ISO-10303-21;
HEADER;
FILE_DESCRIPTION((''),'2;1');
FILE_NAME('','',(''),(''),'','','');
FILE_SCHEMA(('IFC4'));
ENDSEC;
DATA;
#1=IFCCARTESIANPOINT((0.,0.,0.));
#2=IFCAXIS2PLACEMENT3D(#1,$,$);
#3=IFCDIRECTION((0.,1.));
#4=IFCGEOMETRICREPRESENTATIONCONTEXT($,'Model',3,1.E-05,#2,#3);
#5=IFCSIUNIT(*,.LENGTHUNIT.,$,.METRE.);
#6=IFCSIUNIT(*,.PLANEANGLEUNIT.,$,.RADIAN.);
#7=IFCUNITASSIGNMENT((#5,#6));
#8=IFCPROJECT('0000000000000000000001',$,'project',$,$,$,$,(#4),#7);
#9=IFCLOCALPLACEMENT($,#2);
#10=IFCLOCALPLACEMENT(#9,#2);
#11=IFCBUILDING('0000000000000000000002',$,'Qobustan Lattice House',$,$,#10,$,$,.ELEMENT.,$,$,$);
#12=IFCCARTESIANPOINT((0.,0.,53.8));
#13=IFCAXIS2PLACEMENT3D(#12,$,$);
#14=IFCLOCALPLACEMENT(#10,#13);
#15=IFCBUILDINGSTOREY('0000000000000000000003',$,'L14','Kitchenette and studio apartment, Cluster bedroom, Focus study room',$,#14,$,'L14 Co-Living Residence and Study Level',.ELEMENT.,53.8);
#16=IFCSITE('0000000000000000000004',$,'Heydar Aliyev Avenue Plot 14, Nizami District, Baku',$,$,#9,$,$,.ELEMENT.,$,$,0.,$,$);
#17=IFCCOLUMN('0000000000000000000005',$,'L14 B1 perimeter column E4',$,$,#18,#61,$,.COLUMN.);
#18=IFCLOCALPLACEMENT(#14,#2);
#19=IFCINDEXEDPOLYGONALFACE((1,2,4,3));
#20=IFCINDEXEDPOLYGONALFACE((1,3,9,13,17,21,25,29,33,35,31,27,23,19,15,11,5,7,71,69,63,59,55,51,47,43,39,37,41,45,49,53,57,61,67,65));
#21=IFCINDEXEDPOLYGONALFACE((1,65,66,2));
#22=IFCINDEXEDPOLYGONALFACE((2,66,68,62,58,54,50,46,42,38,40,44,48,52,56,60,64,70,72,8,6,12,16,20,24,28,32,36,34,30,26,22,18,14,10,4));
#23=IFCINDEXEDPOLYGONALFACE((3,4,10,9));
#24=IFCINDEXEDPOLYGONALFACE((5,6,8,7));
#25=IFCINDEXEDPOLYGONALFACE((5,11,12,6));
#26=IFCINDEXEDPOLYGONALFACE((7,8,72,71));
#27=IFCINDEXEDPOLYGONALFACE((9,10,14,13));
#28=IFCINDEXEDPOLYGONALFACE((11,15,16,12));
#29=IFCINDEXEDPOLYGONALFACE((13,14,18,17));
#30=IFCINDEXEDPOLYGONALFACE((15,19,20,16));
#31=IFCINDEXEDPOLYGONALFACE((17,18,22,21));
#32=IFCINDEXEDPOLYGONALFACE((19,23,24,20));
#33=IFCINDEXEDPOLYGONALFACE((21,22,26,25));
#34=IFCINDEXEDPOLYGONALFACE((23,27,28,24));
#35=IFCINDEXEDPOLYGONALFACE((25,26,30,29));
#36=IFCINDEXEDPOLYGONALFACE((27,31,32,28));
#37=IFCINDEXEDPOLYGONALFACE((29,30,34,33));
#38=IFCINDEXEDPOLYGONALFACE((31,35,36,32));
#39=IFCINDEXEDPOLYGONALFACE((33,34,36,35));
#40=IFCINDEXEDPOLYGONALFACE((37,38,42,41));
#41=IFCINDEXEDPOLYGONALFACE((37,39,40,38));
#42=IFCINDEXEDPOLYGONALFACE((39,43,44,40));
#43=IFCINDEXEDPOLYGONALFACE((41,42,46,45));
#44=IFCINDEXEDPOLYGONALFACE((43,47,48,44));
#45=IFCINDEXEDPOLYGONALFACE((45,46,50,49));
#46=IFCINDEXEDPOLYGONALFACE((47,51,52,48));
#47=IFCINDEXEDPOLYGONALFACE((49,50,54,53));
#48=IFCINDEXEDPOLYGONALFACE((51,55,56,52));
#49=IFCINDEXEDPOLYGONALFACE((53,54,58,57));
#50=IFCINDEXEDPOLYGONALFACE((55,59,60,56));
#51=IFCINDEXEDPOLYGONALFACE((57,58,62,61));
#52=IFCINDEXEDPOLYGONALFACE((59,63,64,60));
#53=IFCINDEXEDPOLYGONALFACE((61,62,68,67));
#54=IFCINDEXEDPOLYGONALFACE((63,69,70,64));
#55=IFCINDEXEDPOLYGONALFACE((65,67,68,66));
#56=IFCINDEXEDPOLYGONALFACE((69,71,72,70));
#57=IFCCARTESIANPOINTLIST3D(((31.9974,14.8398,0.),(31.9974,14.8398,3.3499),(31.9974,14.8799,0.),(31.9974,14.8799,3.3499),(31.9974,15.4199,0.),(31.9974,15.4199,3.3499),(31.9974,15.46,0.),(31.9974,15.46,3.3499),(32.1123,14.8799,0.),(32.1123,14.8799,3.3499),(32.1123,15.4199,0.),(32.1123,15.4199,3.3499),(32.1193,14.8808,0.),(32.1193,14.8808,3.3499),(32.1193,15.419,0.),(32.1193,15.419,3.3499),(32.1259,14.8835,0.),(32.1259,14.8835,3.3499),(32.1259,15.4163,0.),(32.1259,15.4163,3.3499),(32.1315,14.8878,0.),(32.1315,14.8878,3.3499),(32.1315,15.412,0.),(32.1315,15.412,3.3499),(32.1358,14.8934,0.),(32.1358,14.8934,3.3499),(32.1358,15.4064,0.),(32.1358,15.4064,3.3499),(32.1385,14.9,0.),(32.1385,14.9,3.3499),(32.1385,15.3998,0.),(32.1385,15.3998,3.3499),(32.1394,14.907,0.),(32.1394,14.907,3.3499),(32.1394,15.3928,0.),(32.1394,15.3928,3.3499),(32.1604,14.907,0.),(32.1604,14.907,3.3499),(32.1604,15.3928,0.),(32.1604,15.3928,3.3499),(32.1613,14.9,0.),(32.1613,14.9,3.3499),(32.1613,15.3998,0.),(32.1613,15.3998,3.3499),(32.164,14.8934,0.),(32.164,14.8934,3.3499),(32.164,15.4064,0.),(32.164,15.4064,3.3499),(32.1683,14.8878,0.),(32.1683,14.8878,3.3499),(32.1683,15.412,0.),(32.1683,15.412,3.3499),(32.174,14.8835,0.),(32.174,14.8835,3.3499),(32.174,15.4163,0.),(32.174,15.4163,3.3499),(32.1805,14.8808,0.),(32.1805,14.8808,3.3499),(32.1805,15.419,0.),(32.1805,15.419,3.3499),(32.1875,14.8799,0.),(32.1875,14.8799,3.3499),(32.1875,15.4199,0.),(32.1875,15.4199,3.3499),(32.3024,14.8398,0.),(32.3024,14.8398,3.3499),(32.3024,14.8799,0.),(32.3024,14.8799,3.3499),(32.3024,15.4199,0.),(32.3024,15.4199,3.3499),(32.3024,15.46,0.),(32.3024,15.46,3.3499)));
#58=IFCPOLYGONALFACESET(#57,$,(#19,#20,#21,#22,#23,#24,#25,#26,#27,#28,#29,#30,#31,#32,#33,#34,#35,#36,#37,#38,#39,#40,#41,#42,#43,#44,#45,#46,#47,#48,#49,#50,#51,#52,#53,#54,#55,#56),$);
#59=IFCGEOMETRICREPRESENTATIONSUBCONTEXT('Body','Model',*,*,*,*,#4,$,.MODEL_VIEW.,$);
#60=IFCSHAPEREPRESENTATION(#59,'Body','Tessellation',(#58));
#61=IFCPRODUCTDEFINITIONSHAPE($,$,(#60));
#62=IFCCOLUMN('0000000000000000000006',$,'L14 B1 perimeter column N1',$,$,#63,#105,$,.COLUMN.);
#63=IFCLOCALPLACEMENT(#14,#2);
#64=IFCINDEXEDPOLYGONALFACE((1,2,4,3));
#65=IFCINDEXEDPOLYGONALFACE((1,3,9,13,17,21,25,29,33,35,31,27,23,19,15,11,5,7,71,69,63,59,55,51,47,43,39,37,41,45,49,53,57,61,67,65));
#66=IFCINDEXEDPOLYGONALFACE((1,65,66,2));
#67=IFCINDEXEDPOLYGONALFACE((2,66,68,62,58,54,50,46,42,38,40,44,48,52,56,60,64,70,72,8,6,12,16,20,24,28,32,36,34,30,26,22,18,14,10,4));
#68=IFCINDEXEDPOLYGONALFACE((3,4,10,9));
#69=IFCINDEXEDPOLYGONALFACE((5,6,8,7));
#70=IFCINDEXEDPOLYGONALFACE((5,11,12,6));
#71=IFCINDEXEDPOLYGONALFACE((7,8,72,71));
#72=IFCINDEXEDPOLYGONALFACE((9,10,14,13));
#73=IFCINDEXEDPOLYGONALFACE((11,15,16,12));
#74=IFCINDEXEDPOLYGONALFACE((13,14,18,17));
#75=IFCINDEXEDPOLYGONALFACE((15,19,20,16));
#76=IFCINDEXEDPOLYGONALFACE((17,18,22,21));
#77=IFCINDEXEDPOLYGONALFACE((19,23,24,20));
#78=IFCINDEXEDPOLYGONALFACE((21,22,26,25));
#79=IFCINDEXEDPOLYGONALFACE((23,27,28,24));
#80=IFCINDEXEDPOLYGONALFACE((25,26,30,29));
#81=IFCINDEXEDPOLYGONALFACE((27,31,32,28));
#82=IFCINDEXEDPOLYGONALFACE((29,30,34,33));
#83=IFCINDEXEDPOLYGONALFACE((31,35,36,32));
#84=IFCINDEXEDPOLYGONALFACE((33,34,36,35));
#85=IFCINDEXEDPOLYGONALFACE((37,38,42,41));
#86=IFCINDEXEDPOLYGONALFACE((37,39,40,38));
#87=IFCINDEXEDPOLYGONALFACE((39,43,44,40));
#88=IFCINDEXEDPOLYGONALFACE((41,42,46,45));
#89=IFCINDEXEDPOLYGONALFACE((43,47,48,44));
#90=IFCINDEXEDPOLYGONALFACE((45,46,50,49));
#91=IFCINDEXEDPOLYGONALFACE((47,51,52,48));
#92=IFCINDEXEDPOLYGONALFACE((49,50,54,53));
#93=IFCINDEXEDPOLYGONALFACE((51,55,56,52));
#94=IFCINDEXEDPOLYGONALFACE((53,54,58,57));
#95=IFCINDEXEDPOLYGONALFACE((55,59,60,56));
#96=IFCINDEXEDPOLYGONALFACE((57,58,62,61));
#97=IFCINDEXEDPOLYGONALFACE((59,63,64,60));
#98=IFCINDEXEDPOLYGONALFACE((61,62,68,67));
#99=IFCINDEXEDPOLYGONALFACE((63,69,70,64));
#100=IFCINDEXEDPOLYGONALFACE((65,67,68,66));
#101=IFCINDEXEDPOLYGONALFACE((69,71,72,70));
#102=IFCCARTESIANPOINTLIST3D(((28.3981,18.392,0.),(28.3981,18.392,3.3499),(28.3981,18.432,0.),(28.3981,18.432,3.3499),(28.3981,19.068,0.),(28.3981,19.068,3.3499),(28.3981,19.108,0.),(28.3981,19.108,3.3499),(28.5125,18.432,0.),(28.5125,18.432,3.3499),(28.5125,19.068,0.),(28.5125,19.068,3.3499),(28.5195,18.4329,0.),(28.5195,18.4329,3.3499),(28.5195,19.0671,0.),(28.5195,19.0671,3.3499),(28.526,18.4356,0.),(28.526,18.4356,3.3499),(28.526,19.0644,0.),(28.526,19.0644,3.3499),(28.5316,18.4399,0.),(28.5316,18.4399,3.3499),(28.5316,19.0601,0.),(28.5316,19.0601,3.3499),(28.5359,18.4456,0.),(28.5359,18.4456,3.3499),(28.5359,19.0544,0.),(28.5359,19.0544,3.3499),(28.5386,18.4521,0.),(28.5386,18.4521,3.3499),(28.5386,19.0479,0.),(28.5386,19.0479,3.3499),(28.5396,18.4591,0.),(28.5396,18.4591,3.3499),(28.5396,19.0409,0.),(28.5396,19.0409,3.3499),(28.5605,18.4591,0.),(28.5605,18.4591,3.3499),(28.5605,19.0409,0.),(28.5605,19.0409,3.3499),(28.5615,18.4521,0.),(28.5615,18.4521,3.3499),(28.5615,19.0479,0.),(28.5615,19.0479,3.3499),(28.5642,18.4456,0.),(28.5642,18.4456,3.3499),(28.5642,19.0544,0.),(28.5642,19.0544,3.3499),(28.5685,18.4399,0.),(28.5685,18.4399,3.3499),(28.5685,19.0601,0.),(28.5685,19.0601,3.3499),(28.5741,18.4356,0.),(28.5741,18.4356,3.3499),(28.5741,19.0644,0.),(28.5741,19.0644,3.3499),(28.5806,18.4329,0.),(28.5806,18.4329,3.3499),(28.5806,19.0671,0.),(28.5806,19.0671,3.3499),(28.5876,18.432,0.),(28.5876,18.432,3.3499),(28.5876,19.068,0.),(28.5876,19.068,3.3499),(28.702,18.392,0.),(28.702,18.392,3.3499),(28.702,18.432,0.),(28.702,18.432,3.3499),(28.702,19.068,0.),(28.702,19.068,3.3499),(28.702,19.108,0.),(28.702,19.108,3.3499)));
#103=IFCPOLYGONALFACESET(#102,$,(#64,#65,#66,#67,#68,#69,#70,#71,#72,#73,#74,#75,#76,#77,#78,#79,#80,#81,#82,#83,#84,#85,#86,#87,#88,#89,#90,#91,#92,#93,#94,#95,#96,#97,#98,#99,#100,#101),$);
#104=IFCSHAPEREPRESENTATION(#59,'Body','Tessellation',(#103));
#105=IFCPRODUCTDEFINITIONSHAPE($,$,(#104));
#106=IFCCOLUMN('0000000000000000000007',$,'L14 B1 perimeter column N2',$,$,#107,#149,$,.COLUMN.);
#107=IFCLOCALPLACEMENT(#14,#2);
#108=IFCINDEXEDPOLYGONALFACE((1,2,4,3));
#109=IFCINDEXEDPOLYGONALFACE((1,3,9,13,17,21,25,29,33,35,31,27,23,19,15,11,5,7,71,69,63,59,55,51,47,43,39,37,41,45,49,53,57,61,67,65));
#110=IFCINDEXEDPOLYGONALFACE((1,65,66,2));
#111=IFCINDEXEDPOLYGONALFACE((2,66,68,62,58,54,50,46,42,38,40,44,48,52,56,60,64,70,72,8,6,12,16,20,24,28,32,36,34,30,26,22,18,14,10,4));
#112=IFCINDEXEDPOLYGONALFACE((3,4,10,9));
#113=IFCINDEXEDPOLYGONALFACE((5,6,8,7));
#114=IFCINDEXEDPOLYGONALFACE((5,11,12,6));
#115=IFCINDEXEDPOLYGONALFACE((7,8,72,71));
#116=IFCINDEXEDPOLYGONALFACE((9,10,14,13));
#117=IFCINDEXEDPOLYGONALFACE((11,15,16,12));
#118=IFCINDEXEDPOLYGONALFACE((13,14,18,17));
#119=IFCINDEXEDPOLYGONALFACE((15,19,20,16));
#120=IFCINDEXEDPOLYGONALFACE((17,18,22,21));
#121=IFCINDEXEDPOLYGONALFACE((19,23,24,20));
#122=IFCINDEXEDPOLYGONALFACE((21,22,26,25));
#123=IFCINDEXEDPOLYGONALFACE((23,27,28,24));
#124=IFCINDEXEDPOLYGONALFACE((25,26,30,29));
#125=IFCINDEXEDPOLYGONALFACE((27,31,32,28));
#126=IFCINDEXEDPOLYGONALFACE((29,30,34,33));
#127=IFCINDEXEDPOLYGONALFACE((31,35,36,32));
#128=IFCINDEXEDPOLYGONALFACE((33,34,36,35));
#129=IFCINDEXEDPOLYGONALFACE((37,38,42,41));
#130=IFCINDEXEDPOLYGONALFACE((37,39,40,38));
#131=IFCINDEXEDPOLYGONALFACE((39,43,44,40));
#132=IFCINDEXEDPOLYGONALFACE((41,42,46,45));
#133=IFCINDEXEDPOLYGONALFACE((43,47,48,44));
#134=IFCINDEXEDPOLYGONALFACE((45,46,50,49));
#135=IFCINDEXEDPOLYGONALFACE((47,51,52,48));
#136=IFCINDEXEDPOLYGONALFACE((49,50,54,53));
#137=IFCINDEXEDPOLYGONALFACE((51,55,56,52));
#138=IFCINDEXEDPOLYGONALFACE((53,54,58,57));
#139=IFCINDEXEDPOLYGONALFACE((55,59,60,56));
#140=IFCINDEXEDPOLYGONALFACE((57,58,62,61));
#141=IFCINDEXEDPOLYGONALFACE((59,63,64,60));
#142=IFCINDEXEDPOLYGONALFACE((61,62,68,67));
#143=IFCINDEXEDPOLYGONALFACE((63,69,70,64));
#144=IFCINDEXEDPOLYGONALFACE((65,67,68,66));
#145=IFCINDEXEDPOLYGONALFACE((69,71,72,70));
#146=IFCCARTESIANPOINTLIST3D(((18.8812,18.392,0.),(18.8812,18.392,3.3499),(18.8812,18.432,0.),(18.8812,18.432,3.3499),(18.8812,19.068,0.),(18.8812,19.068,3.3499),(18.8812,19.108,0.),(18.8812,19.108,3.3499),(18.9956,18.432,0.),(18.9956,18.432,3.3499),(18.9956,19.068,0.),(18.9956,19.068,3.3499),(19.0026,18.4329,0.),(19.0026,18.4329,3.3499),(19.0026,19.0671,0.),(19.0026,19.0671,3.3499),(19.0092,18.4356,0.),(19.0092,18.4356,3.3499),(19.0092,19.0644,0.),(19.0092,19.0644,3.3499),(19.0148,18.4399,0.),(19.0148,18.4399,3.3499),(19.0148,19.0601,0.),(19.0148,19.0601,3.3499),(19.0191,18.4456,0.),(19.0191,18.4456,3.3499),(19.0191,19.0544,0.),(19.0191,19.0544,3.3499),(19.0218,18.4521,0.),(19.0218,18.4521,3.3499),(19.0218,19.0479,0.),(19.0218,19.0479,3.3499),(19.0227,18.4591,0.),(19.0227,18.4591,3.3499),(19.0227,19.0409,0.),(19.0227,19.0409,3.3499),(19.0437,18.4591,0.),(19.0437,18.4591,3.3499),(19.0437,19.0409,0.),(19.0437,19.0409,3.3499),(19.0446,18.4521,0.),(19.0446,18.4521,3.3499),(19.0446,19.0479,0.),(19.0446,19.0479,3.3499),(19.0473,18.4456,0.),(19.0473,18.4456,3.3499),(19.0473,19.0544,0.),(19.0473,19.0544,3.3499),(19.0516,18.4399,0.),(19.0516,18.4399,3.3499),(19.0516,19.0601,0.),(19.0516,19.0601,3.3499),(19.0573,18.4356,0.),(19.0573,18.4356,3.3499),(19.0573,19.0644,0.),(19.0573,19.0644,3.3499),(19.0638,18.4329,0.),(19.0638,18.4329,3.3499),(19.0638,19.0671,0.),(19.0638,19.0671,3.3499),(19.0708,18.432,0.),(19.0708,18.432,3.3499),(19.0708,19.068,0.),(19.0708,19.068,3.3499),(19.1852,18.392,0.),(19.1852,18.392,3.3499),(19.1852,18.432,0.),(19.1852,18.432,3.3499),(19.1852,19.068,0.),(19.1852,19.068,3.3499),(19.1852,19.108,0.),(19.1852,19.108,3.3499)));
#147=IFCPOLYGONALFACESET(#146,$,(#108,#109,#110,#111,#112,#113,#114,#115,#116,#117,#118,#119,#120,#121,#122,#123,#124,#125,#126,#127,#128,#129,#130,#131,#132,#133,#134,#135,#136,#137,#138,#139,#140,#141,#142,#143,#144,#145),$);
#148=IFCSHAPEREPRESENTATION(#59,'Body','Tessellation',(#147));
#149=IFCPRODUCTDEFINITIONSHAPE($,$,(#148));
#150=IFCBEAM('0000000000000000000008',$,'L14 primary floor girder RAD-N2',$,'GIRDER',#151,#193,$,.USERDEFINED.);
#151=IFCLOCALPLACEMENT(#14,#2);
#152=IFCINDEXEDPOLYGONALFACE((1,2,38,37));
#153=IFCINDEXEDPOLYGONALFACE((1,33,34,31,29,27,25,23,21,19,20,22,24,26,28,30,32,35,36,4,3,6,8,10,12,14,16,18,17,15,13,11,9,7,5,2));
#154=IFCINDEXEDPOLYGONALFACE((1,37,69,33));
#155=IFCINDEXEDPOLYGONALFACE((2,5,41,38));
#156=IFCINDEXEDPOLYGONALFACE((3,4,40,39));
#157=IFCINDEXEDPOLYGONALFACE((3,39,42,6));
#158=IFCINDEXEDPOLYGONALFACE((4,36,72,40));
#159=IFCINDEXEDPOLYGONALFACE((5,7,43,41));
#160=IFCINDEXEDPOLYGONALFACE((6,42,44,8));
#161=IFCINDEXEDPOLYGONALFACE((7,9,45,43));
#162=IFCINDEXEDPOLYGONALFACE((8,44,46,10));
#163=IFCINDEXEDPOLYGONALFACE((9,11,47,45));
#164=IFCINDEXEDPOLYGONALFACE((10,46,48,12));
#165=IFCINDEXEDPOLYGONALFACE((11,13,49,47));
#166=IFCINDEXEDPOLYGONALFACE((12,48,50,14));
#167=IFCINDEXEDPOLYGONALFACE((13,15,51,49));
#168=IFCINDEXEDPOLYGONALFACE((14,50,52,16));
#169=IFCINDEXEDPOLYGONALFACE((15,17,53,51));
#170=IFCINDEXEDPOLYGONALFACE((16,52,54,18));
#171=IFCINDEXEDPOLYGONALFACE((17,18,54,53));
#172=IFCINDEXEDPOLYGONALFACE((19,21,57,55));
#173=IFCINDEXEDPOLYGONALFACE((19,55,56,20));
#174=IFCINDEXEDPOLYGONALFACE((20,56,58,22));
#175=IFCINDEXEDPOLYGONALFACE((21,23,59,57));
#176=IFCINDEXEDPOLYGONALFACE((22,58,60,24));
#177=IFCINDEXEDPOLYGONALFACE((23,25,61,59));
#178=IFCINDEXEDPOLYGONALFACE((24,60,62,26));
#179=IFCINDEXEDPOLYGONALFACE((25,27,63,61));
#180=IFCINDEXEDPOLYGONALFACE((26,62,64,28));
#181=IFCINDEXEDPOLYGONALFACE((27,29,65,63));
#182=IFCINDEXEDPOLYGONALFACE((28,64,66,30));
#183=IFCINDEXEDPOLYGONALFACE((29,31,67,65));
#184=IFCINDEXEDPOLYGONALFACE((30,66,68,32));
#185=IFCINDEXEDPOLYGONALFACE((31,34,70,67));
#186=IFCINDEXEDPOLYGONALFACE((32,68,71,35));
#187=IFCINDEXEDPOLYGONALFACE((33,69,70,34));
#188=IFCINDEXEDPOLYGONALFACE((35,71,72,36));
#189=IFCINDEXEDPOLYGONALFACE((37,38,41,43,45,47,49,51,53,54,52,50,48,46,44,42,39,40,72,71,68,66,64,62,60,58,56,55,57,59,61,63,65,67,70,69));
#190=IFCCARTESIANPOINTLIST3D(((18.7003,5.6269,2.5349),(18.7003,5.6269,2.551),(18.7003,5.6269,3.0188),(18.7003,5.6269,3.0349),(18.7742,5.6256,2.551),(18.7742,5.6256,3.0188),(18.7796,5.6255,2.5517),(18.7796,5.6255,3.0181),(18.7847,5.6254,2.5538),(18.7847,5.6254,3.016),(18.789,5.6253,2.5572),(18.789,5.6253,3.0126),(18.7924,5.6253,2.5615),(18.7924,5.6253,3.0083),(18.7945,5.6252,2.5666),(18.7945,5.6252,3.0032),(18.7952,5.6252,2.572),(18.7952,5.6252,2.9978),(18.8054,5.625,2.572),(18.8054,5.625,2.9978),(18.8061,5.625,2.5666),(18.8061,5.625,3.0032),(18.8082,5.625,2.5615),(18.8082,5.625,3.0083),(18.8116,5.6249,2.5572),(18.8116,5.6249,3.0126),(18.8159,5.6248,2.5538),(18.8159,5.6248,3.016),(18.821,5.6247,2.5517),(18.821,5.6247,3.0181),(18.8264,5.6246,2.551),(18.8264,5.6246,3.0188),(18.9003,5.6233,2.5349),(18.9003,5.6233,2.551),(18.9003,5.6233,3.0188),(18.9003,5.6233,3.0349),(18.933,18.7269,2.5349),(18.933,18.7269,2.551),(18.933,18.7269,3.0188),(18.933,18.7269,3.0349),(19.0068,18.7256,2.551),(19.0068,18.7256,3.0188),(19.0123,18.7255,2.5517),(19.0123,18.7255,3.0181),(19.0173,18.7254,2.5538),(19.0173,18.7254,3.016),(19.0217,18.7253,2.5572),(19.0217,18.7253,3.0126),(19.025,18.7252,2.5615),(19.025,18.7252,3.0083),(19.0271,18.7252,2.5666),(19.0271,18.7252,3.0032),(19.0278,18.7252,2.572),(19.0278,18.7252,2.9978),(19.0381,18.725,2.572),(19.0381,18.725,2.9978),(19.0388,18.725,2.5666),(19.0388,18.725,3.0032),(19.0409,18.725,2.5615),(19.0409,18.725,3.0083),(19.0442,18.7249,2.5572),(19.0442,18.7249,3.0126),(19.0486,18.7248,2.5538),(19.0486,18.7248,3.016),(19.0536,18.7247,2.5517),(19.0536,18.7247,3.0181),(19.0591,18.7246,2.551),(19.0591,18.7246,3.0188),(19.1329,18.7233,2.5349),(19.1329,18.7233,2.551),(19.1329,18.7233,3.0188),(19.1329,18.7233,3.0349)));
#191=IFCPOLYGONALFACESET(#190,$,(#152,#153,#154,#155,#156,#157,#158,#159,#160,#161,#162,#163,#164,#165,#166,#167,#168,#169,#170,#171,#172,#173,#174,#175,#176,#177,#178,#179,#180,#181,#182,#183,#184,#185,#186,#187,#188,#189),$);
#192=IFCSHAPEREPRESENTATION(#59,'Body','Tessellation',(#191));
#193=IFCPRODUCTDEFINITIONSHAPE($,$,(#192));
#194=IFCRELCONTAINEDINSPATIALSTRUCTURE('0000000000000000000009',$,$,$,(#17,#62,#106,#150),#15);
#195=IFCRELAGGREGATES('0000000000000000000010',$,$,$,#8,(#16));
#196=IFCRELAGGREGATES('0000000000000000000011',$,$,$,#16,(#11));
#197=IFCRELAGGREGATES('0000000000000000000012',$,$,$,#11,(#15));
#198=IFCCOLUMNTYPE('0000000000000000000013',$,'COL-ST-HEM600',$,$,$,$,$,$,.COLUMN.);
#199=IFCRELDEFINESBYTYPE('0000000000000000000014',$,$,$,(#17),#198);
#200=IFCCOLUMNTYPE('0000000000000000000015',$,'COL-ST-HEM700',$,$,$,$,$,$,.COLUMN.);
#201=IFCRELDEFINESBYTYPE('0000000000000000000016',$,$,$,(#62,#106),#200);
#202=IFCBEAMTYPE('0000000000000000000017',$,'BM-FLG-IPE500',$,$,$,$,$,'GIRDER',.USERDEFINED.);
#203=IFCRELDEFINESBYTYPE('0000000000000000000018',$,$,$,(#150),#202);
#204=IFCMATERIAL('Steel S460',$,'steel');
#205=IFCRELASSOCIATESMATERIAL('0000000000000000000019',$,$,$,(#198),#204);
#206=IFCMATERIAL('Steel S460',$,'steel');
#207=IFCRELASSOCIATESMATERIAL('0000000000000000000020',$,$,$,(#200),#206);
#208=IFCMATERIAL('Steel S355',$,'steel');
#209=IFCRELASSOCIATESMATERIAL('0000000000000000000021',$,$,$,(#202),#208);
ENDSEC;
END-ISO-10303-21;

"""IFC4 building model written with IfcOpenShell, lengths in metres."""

from ifc_helpers import new_model, si_unit, direction, frame, origin, origin_2d, place, context, subcontext, project, spatial, i_section, extrude, material, material_profile, profile_set, type_object, element, save


model = new_model("IFC4")

# Units and contexts
model_context = context("Model", 3, precision=1e-05, world=origin(), true_north=direction((0.0, 1.0)))
body_context = subcontext(model_context, "Body", "Model", "MODEL_VIEW")
ifc_project = project(units=[si_unit("LENGTHUNIT", "METRE"), si_unit("PLANEANGLEUNIT", "RADIAN")], contexts=[model_context])

# Site, building, storey
site_placement = place(None, origin())
site = spatial("IfcSite", under=ifc_project, at=site_placement, Name="Heydar Aliyev Avenue Plot 14, Nizami District, Baku", CompositionType="ELEMENT", RefElevation=0.0)
building_placement = place(site_placement, origin())
building = spatial("IfcBuilding", under=site, at=building_placement, Name="Qobustan Lattice House", CompositionType="ELEMENT")
storey_placement = place(building_placement, frame((0.0, 0.0, 53.8)))
storey = spatial("IfcBuildingStorey", under=building, at=storey_placement, Name="L14", Description="Kitchenette and studio apartment, Cluster bedroom, Focus study room", LongName="L14 Co-Living Residence and Study Level", CompositionType="ELEMENT", Elevation=53.8)

# Columns
ifc_material_1 = material(Name="Steel S460", Category="steel")
ifc_material_profile_1 = material_profile(ifc_material_1, i_section(OverallWidth=0.3049, OverallDepth=0.6201, WebThickness=0.021, FlangeThickness=0.04, FilletRadius=0.0271, at=origin_2d()), Name="HEM600")
ifc_profile_set_1 = profile_set([ifc_material_profile_1], Name="Steel S460")
column_type_1 = type_object("IfcColumnType", Name="COL-ST-HEM600", PredefinedType="COLUMN", material=ifc_profile_set_1)
column_placement = place(storey_placement, frame((32.1499, 15.1499, 0.0), z_axis=(0.0, 0.0, 1.0), x_axis=(1.0, 0.0, 0.0)))
element("IfcColumn", 1, at=column_placement, inside=storey, type_object=column_type_1, Name="L14 B1 perimeter column E4", PredefinedType="COLUMN", context=body_context, shape_type="SweptSolid", body=[
    extrude(i_section(OverallWidth=0.3049, OverallDepth=0.6201, WebThickness=0.021, FlangeThickness=0.04, FilletRadius=0.0271, at=origin_2d()), origin(), (0.0, 0.0, 1.0), 3.3499),
])
ifc_material_2 = material(Name="Steel S460", Category="steel")
ifc_material_profile_2 = material_profile(ifc_material_2, i_section(OverallWidth=0.304, OverallDepth=0.7161, WebThickness=0.021, FlangeThickness=0.04, FilletRadius=0.0271, at=origin_2d()), Name="HEM700")
ifc_profile_set_2 = profile_set([ifc_material_profile_2], Name="Steel S460")
column_type_2 = type_object("IfcColumnType", Name="COL-ST-HEM700", PredefinedType="COLUMN", material=ifc_profile_set_2)
for number, where, z_axis, x_axis, name in (
    (2, (28.55, 18.75, 0.0), (0.0, 0.0, 1.0), (1.0, 0.0, 0.0), "L14 B1 perimeter column N1"),
    (3, (19.0332, 18.75, 0.0), (0.0, 0.0, 1.0), (1.0, 0.0, 0.0), "L14 B1 perimeter column N2"),
):
    element("IfcColumn", number, at=place(storey_placement, frame(where, z_axis=z_axis, x_axis=x_axis)), inside=storey, type_object=column_type_2, Name=name, PredefinedType="COLUMN", context=body_context, shape_type="SweptSolid", body=[
        extrude(i_section(OverallWidth=0.304, OverallDepth=0.7161, WebThickness=0.021, FlangeThickness=0.04, FilletRadius=0.0271, at=origin_2d()), origin(), (0.0, 0.0, 1.0), 3.3499),
    ])

# Beam
ifc_material_3 = material(Name="Steel S355", Category="steel")
ifc_material_profile_3 = material_profile(ifc_material_3, i_section(OverallWidth=0.2, OverallDepth=0.5, WebThickness=0.0103, FlangeThickness=0.0161, FilletRadius=0.021, at=origin_2d()), Name="IPE500")
ifc_profile_set_3 = profile_set([ifc_material_profile_3], Name="Steel S355")
beam_type_1 = type_object("IfcBeamType", Name="BM-FLG-IPE500", ElementType="GIRDER", PredefinedType="USERDEFINED", material=ifc_profile_set_3)
beam_1_placement = place(storey_placement, frame((19.033, 18.7251, 2.7849), z_axis=(-0.017758, -0.999842, 0.0), x_axis=(0.999842, -0.017758, 0.0)))
element("IfcBeam", 4, at=beam_1_placement, inside=storey, type_object=beam_type_1, Name="L14 primary floor girder RAD-N2", ObjectType="GIRDER", PredefinedType="USERDEFINED", context=body_context, shape_type="SweptSolid", body=[
    extrude(i_section(OverallWidth=0.2, OverallDepth=0.5, WebThickness=0.0103, FlangeThickness=0.0161, FilletRadius=0.021, at=origin_2d()), origin(), (0.0, 0.0, 1.0), 13.1021),
])

save(model, "model.ifc")
